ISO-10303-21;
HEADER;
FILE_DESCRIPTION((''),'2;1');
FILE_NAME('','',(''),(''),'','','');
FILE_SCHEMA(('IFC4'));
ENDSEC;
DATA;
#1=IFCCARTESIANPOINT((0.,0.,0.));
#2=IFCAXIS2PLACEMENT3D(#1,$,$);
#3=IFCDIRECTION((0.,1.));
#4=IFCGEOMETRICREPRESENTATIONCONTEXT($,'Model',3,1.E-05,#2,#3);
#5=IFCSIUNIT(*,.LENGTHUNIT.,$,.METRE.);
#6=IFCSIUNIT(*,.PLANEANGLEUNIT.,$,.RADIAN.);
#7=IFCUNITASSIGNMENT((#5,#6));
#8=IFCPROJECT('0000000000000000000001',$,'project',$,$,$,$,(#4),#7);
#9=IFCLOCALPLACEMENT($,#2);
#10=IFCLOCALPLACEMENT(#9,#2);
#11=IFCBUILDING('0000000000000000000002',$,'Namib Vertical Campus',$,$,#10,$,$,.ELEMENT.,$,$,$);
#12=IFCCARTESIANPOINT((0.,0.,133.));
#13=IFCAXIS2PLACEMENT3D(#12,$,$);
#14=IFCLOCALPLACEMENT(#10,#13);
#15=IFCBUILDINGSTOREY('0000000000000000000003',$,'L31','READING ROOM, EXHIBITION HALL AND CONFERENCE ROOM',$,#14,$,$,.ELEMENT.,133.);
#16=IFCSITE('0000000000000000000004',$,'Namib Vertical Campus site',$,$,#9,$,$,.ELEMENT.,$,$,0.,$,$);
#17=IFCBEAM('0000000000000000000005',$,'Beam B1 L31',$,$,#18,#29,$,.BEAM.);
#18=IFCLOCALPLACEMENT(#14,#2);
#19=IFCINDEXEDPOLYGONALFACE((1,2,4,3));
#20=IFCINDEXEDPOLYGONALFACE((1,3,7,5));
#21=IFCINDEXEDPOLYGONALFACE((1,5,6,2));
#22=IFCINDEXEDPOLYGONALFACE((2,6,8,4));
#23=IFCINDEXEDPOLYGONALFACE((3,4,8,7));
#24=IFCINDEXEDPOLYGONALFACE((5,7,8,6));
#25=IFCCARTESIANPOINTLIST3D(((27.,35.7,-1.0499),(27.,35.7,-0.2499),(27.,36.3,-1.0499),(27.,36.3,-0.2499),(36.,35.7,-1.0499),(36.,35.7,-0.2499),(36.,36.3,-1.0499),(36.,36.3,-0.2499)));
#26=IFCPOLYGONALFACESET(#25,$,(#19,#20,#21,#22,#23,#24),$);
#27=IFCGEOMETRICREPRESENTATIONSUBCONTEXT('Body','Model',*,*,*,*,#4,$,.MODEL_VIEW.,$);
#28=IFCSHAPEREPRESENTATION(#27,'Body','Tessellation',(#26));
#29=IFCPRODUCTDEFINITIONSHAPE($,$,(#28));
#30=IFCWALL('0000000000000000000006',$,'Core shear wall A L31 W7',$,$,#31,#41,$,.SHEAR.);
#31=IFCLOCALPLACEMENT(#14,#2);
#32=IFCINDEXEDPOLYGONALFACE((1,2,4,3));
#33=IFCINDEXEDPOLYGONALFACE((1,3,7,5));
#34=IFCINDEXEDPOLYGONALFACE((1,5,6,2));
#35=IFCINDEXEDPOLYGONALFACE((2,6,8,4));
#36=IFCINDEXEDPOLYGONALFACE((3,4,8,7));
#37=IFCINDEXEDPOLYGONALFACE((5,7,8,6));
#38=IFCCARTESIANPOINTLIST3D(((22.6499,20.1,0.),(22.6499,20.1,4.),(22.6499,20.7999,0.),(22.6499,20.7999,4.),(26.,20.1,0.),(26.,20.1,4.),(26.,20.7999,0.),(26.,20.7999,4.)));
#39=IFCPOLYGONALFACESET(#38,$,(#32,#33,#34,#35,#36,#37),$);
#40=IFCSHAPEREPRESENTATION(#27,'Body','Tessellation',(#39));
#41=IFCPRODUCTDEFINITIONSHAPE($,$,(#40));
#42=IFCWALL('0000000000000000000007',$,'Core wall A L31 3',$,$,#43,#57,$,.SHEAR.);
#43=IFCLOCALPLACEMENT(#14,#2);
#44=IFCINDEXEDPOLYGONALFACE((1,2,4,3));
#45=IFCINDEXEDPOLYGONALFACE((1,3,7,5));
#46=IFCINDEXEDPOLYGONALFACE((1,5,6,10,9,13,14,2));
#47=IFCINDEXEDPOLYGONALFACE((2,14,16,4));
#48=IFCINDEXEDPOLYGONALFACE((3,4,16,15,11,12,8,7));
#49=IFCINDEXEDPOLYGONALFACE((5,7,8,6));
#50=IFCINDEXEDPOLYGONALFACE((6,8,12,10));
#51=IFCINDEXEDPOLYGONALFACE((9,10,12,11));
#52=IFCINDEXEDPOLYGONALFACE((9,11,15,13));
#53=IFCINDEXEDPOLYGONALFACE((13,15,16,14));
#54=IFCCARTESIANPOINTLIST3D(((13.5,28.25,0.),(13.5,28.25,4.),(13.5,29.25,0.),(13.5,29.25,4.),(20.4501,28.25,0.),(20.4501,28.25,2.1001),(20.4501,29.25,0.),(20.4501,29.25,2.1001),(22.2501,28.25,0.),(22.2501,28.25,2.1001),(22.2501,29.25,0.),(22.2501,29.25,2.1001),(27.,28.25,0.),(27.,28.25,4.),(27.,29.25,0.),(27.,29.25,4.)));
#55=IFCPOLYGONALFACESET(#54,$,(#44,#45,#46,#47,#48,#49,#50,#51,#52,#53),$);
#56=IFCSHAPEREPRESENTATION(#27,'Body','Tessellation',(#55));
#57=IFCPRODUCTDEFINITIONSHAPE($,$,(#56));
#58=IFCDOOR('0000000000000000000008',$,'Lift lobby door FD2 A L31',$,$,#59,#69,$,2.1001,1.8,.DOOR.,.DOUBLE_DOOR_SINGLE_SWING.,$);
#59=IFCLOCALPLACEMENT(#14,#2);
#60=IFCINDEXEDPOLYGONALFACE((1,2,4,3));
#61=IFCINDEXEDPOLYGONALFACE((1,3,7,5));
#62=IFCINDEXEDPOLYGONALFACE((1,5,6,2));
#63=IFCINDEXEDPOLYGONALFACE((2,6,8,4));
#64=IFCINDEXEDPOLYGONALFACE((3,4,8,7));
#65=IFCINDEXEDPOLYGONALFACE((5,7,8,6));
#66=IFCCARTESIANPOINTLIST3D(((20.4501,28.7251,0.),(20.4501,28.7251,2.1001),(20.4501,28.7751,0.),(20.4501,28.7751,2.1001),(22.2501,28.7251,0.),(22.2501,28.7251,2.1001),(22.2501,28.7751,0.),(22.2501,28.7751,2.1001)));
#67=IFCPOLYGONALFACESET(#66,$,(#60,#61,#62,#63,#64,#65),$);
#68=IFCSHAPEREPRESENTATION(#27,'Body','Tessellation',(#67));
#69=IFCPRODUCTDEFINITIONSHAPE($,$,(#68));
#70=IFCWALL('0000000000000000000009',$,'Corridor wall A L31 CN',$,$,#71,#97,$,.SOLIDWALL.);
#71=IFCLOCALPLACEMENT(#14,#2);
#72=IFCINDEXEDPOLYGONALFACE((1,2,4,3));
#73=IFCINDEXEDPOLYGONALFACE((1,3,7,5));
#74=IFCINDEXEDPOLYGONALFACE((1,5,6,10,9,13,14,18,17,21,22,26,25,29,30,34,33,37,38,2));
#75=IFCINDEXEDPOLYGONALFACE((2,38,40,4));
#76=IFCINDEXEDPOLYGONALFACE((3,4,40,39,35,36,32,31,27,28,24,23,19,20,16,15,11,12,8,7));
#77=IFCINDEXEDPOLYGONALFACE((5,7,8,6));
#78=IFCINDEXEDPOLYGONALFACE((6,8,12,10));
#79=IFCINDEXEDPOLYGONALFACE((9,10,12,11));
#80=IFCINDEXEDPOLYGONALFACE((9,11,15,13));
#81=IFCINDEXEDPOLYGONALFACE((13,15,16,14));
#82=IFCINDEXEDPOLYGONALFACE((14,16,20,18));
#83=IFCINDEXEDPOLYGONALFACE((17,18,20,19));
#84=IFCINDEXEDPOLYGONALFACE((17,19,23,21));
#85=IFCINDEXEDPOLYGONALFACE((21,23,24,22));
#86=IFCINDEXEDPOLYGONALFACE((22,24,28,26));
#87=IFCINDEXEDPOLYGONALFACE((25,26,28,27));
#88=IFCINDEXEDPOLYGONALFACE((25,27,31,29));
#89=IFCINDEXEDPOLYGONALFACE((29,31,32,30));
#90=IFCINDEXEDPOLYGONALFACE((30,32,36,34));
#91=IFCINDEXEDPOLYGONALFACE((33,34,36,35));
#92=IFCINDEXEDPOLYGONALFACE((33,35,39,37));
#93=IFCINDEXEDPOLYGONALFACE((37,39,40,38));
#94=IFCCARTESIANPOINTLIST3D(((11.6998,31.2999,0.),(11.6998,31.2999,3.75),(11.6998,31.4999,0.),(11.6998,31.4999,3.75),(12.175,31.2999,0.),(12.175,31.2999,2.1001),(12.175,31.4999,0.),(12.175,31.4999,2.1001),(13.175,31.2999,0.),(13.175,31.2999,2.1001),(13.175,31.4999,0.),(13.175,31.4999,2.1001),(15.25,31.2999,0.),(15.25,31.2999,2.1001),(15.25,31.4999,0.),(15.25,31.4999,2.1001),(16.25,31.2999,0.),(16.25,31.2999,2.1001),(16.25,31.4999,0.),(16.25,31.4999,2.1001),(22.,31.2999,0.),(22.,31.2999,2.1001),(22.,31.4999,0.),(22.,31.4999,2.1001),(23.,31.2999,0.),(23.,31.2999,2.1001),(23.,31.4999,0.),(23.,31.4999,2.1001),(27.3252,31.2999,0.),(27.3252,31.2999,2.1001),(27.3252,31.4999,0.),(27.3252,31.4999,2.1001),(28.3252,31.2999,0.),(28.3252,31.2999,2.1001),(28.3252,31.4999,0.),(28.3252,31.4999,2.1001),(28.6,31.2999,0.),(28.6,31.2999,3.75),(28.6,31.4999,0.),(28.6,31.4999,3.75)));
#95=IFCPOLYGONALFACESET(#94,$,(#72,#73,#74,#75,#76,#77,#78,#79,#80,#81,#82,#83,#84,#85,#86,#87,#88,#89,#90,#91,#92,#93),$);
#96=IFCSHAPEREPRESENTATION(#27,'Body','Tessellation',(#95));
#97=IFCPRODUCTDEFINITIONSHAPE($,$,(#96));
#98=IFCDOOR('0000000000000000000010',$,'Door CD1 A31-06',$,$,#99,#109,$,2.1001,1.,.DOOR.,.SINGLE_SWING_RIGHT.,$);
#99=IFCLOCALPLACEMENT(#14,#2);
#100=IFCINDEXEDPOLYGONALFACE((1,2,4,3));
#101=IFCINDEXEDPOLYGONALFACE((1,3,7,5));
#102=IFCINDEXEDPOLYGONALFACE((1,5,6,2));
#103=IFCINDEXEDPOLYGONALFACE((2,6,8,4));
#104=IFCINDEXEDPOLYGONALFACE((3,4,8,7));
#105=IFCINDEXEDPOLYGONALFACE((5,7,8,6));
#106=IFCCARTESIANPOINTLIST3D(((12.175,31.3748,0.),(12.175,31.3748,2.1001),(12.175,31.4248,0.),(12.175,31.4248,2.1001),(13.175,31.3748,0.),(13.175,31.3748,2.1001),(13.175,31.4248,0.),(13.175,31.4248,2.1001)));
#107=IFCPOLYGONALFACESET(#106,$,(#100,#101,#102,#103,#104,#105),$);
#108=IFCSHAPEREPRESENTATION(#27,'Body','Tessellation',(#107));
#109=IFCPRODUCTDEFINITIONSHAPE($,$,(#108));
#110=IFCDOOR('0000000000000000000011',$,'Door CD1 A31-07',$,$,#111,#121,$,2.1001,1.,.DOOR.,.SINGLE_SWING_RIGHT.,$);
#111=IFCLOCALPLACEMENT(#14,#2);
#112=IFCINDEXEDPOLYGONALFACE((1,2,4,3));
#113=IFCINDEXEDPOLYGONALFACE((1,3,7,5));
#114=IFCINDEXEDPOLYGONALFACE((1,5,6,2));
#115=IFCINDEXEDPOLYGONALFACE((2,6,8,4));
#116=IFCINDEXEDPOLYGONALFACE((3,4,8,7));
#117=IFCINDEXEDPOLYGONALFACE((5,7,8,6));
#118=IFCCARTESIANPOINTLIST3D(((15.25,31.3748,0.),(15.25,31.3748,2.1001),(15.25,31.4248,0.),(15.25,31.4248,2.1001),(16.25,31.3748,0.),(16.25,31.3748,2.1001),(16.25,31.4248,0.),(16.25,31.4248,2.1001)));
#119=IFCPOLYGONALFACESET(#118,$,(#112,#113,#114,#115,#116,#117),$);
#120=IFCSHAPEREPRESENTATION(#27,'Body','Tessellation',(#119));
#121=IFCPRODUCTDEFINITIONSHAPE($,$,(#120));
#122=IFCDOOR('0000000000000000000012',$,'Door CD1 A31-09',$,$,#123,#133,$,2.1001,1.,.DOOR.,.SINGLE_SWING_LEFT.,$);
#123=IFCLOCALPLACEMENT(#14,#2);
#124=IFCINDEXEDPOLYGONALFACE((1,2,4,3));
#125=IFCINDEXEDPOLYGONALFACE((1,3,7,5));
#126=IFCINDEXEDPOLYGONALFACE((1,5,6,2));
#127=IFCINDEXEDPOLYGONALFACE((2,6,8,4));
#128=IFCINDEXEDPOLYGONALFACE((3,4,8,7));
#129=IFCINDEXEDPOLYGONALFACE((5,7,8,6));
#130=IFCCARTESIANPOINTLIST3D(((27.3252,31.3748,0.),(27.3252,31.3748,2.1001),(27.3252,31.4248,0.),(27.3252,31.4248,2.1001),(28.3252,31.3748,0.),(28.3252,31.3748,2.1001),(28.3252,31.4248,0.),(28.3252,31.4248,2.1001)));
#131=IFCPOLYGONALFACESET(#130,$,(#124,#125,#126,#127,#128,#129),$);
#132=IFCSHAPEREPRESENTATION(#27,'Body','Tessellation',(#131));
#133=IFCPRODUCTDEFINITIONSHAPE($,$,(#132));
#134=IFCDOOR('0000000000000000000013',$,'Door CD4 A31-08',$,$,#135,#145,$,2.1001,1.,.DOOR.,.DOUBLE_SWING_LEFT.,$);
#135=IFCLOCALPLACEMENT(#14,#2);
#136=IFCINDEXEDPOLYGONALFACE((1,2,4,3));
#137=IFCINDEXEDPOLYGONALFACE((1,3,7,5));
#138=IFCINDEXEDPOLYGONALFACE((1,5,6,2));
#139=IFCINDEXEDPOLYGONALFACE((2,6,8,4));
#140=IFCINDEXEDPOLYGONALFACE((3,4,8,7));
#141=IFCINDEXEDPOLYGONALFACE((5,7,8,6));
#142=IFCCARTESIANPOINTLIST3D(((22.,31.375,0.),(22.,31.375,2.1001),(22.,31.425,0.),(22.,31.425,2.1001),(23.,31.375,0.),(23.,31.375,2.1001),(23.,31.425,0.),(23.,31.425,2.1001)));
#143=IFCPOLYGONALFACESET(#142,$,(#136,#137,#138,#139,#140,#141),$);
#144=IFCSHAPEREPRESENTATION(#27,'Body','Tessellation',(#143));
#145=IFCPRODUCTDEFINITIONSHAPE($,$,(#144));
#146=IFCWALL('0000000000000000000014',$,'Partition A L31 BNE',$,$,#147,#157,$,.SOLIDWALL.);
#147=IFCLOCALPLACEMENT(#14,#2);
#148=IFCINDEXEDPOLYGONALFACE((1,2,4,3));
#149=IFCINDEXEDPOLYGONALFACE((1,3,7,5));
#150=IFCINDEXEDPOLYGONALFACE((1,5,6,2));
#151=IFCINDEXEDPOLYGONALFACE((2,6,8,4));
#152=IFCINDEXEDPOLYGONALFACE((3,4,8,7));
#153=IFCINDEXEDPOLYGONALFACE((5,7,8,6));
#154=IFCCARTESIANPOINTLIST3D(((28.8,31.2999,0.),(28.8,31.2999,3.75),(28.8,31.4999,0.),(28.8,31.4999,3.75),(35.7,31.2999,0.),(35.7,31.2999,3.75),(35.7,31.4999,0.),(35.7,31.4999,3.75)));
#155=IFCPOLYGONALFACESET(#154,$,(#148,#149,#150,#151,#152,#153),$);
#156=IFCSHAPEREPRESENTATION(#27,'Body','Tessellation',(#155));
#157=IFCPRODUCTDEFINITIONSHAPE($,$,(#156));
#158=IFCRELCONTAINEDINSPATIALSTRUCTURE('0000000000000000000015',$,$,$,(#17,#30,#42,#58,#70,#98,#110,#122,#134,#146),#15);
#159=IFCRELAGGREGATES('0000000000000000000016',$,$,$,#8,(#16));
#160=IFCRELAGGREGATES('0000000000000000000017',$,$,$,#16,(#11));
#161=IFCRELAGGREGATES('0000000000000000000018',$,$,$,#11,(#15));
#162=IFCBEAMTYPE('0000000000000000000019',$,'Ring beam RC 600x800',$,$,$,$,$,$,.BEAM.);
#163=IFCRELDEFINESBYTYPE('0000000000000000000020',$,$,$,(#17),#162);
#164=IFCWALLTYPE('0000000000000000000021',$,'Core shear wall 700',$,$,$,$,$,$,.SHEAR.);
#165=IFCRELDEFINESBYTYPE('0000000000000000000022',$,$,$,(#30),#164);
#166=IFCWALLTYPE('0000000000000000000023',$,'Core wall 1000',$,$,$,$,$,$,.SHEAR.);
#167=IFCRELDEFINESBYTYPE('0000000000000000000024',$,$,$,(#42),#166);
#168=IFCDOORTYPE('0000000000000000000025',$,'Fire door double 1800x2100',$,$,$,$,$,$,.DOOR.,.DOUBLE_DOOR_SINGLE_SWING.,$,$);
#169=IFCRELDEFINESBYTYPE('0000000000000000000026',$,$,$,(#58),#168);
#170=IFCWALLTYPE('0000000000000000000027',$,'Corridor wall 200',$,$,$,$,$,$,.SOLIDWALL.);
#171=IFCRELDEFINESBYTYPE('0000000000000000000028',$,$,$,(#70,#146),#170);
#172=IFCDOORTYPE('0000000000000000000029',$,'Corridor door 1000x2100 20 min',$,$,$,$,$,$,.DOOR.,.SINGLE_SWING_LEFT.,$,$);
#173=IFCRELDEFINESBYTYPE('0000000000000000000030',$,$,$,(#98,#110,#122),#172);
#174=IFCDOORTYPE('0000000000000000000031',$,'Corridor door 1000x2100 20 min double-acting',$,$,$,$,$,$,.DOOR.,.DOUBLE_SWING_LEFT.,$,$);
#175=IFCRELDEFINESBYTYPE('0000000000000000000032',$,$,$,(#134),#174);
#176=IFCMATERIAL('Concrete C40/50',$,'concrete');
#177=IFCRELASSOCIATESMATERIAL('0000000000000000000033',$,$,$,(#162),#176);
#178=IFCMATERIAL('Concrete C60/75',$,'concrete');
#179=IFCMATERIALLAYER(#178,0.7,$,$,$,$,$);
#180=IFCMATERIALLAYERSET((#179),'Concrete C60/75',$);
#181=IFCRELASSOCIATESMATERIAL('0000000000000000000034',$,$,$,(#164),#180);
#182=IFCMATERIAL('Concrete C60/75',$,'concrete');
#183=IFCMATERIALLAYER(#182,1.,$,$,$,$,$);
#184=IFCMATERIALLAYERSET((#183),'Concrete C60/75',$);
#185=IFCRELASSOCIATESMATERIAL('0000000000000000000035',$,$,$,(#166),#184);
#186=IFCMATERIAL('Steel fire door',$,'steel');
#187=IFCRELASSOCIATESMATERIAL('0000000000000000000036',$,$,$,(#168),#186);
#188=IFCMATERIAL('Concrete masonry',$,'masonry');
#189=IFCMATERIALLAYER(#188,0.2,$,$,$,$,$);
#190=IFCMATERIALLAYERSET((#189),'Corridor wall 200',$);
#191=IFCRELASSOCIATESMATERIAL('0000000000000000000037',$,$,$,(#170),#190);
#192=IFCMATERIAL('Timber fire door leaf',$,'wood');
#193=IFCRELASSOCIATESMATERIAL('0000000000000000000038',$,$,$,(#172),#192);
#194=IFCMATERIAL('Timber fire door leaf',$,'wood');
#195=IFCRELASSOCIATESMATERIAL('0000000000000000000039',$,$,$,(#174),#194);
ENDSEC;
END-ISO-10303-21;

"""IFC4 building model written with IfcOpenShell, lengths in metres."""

from ifc_helpers import new_model, si_unit, direction, frame, frame_2d, origin, origin_2d, place, context, subcontext, project, spatial, rectangle, extrude, material, layer, layer_set, material_profile, profile_set, type_object, element, fill, save


model = new_model("IFC4")

# Units and contexts
model_context = context("Model", 3, precision=1e-05, world=origin(), true_north=direction((0.0, 1.0)))
body_context = subcontext(model_context, "Body", "Model", "MODEL_VIEW")
ifc_project = project(units=[si_unit("LENGTHUNIT", "METRE"), si_unit("PLANEANGLEUNIT", "RADIAN")], contexts=[model_context])

# Site, building, storey
site_placement = place(None, origin())
site = spatial("IfcSite", under=ifc_project, at=site_placement, Name="Namib Vertical Campus site", CompositionType="ELEMENT", RefElevation=0.0)
building_placement = place(site_placement, origin())
building = spatial("IfcBuilding", under=site, at=building_placement, Name="Namib Vertical Campus", CompositionType="ELEMENT")
storey_placement = place(building_placement, frame((0.0, 0.0, 133.0)))
storey = spatial("IfcBuildingStorey", under=building, at=storey_placement, Name="L31", Description="READING ROOM, EXHIBITION HALL AND CONFERENCE ROOM", CompositionType="ELEMENT", Elevation=133.0)

# Beam
ifc_material_1 = material(Name="Concrete C40/50", Category="concrete")
ifc_material_profile_1 = material_profile(ifc_material_1, rectangle(XDim=0.6001, YDim=0.8, at=origin_2d()))
ifc_profile_set_1 = profile_set([ifc_material_profile_1], Name="Concrete C40/50")
beam_type_1 = type_object("IfcBeamType", Name="Ring beam RC 600x800", PredefinedType="BEAM", material=ifc_profile_set_1)
beam_1_placement = place(storey_placement, frame((27.0, 36.0, -0.6499), z_axis=(1.0, 0.0, 0.0), x_axis=(0.0, 1.0, 0.0)))
element("IfcBeam", 1, at=beam_1_placement, inside=storey, type_object=beam_type_1, Name="Beam B1 L31", PredefinedType="BEAM", context=body_context, shape_type="SweptSolid", body=[
    extrude(rectangle(XDim=0.6001, YDim=0.8, at=origin_2d()), origin(), (0.0, 0.0, 1.0), 9.0),
])

# Wall
ifc_material_2 = material(Name="Concrete C60/75", Category="concrete")
ifc_layer_1 = layer(ifc_material_2, 0.7)
ifc_layer_set_1 = layer_set([ifc_layer_1], Name="Concrete C60/75")
wall_type_1 = type_object("IfcWallType", Name="Core shear wall 700", PredefinedType="SHEAR", material=ifc_layer_set_1)
wall_1_placement = place(storey_placement, frame((22.6499, 20.45, 0.0), z_axis=(0.0, 0.0, 1.0), x_axis=(1.0, 0.0, 0.0)))
element("IfcWall", 2, at=wall_1_placement, inside=storey, type_object=wall_type_1, Name="Core shear wall A L31 W7", PredefinedType="SHEAR", context=body_context, shape_type="SweptSolid", body=[
    extrude(rectangle(XDim=3.3501, YDim=0.7, at=frame_2d((1.675, 0.0))), origin(), (0.0, 0.0, 1.0), 4.0),
])

# Wall, opening, door
ifc_material_3 = material(Name="Concrete C60/75", Category="concrete")
ifc_layer_2 = layer(ifc_material_3, 1.0)
ifc_layer_set_2 = layer_set([ifc_layer_2], Name="Concrete C60/75")
wall_type_2 = type_object("IfcWallType", Name="Core wall 1000", PredefinedType="SHEAR", material=ifc_layer_set_2)
wall_2_placement = place(storey_placement, frame((27.0, 28.75, 0.0), z_axis=(0.0, 0.0, 1.0), x_axis=(-1.0, 0.0, 0.0)))
wall_2 = element("IfcWall", 3, at=wall_2_placement, inside=storey, type_object=wall_type_2, Name="Core wall A L31 3", PredefinedType="SHEAR", context=body_context, shape_type="SweptSolid", body=[
    extrude(rectangle(XDim=13.5, YDim=1.0, at=frame_2d((6.75, 0.0))), origin(), (0.0, 0.0, 1.0), 4.0),
])
opening_1_placement = place(wall_2_placement, frame((4.75, 0.0, 0.0)))
opening_1 = element("IfcOpeningElement", 4, at=opening_1_placement, cuts=wall_2, PredefinedType="OPENING", context=body_context, shape_type="SweptSolid", body=[
    extrude(rectangle(XDim=1.8, YDim=2.1001, at=frame_2d((0.8999, 1.05))), frame((0.0, 0.51, 0.0), z_axis=(0.0, -1.0, 0.0), x_axis=(1.0, 0.0, 0.0)), (0.0, 0.0, 1.0), 1.02),
])
ifc_material_4 = material(Name="Steel fire door", Category="steel")
door_type_1 = type_object("IfcDoorType", Name="Fire door double 1800x2100", OperationType="DOUBLE_DOOR_SINGLE_SWING", PredefinedType="DOOR", material=ifc_material_4)
door_1_placement = place(opening_1_placement, origin())
door_1 = element("IfcDoor", 5, at=door_1_placement, inside=storey, type_object=door_type_1, Name="Lift lobby door FD2 A L31", OperationType="DOUBLE_DOOR_SINGLE_SWING", OverallHeight=2.1001, OverallWidth=1.8, PredefinedType="DOOR", context=body_context, shape_type="SweptSolid", body=[
    extrude(rectangle(XDim=1.8, YDim=2.1001, at=frame_2d((0.8999, 1.05))), frame((0.0, 0.0249, 0.0), z_axis=(0.0, -1.0, 0.0), x_axis=(1.0, 0.0, 0.0)), (0.0, 0.0, 1.0), 0.05),
])
fill(opening_1, door_1)

# Wall, openings, doors
ifc_material_5 = material(Name="Concrete masonry", Category="masonry")
ifc_layer_3 = layer(ifc_material_5, 0.2)
ifc_layer_set_3 = layer_set([ifc_layer_3], Name="Corridor wall 200")
wall_type_3 = type_object("IfcWallType", Name="Corridor wall 200", PredefinedType="SOLIDWALL", material=ifc_layer_set_3)
wall_3_placement = place(storey_placement, frame((28.6001, 31.3999, 0.0), z_axis=(0.0, 0.0, 1.0), x_axis=(-1.0, 0.0, 0.0)))
wall_3 = element("IfcWall", 6, at=wall_3_placement, inside=storey, type_object=wall_type_3, Name="Corridor wall A L31 CN", PredefinedType="SOLIDWALL", context=body_context, shape_type="SweptSolid", body=[
    extrude(rectangle(XDim=16.9001, YDim=0.2, at=frame_2d((8.4502, 0.0))), origin(), (0.0, 0.0, 1.0), 3.75),
])
opening_2_placement = place(wall_3_placement, frame((15.425, 0.0, 0.0)))
opening_2 = element("IfcOpeningElement", 7, at=opening_2_placement, cuts=wall_3, PredefinedType="OPENING", context=body_context, shape_type="SweptSolid", body=[
    extrude(rectangle(XDim=1.0, YDim=2.1001, at=frame_2d((0.5, 1.05))), frame((0.0, 0.1099, 0.0), z_axis=(0.0, -1.0, 0.0), x_axis=(1.0, 0.0, 0.0)), (0.0, 0.0, 1.0), 0.22),
])
opening_3_placement = place(wall_3_placement, frame((12.3501, 0.0, 0.0)))
opening_3 = element("IfcOpeningElement", 8, at=opening_3_placement, cuts=wall_3, PredefinedType="OPENING", context=body_context, shape_type="SweptSolid", body=[
    extrude(rectangle(XDim=1.0, YDim=2.1001, at=frame_2d((0.5, 1.05))), frame((0.0, 0.1099, 0.0), z_axis=(0.0, -1.0, 0.0), x_axis=(1.0, 0.0, 0.0)), (0.0, 0.0, 1.0), 0.22),
])
opening_4_placement = place(wall_3_placement, frame((5.6001, 0.0, 0.0)))
opening_4 = element("IfcOpeningElement", 9, at=opening_4_placement, cuts=wall_3, PredefinedType="OPENING", context=body_context, shape_type="SweptSolid", body=[
    extrude(rectangle(XDim=1.0, YDim=2.1001, at=frame_2d((0.5, 1.05))), frame((0.0, 0.1099, 0.0), z_axis=(0.0, -1.0, 0.0), x_axis=(1.0, 0.0, 0.0)), (0.0, 0.0, 1.0), 0.22),
])
opening_5_placement = place(wall_3_placement, frame((0.2749, 0.0, 0.0)))
opening_5 = element("IfcOpeningElement", 10, at=opening_5_placement, cuts=wall_3, PredefinedType="OPENING", context=body_context, shape_type="SweptSolid", body=[
    extrude(rectangle(XDim=1.0, YDim=2.1001, at=frame_2d((0.5, 1.05))), frame((0.0, 0.1099, 0.0), z_axis=(0.0, -1.0, 0.0), x_axis=(1.0, 0.0, 0.0)), (0.0, 0.0, 1.0), 0.22),
])
ifc_material_6 = material(Name="Timber fire door leaf", Category="wood")
door_type_2 = type_object("IfcDoorType", Name="Corridor door 1000x2100 20 min", OperationType="SINGLE_SWING_LEFT", PredefinedType="DOOR", material=ifc_material_6)
door_2_placement = place(opening_2_placement, frame((1.0, 0.0, 0.0), z_axis=(0.0, 0.0, 1.0), x_axis=(-1.0, 0.0, 0.0)))
door_2 = element("IfcDoor", 11, at=door_2_placement, inside=storey, type_object=door_type_2, Name="Door CD1 A31-06", OperationType="SINGLE_SWING_RIGHT", OverallHeight=2.1001, OverallWidth=1.0, PredefinedType="DOOR", context=body_context, shape_type="SweptSolid", body=[
    extrude(rectangle(XDim=1.0, YDim=2.1001, at=frame_2d((0.5, 1.05))), frame((0.0, 0.0249, 0.0), z_axis=(0.0, -1.0, 0.0), x_axis=(1.0, 0.0, 0.0)), (0.0, 0.0, 1.0), 0.05),
])
fill(opening_2, door_2)
door_3_placement = place(opening_3_placement, frame((1.0, 0.0, 0.0), z_axis=(0.0, 0.0, 1.0), x_axis=(-1.0, 0.0, 0.0)))
door_3 = element("IfcDoor", 12, at=door_3_placement, inside=storey, type_object=door_type_2, Name="Door CD1 A31-07", OperationType="SINGLE_SWING_RIGHT", OverallHeight=2.1001, OverallWidth=1.0, PredefinedType="DOOR", context=body_context, shape_type="SweptSolid", body=[
    extrude(rectangle(XDim=1.0, YDim=2.1001, at=frame_2d((0.5, 1.05))), frame((0.0, 0.0249, 0.0), z_axis=(0.0, -1.0, 0.0), x_axis=(1.0, 0.0, 0.0)), (0.0, 0.0, 1.0), 0.05),
])
fill(opening_3, door_3)
door_4_placement = place(opening_5_placement, frame((1.0, 0.0, 0.0), z_axis=(0.0, 0.0, 1.0), x_axis=(-1.0, 0.0, 0.0)))
door_4 = element("IfcDoor", 13, at=door_4_placement, inside=storey, type_object=door_type_2, Name="Door CD1 A31-09", OperationType="SINGLE_SWING_LEFT", OverallHeight=2.1001, OverallWidth=1.0, PredefinedType="DOOR", context=body_context, shape_type="SweptSolid", body=[
    extrude(rectangle(XDim=1.0, YDim=2.1001, at=frame_2d((0.5, 1.05))), frame((0.0, 0.0249, 0.0), z_axis=(0.0, -1.0, 0.0), x_axis=(1.0, 0.0, 0.0)), (0.0, 0.0, 1.0), 0.05),
])
fill(opening_5, door_4)
ifc_material_7 = material(Name="Timber fire door leaf", Category="wood")
door_type_3 = type_object("IfcDoorType", Name="Corridor door 1000x2100 20 min double-acting", OperationType="DOUBLE_SWING_LEFT", PredefinedType="DOOR", material=ifc_material_7)
door_5_placement = place(opening_4_placement, origin())
door_5 = element("IfcDoor", 14, at=door_5_placement, inside=storey, type_object=door_type_3, Name="Door CD4 A31-08", OperationType="DOUBLE_SWING_LEFT", OverallHeight=2.1001, OverallWidth=1.0, PredefinedType="DOOR", context=body_context, shape_type="SweptSolid", body=[
    extrude(rectangle(XDim=1.0, YDim=2.1001, at=frame_2d((0.5, 1.05))), frame((0.0, 0.0249, 0.0), z_axis=(0.0, -1.0, 0.0), x_axis=(1.0, 0.0, 0.0)), (0.0, 0.0, 1.0), 0.05),
])
fill(opening_4, door_5)

# Wall
wall_4_placement = place(storey_placement, frame((28.8, 31.3999, 0.0), z_axis=(0.0, 0.0, 1.0), x_axis=(1.0, 0.0, 0.0)))
element("IfcWall", 15, at=wall_4_placement, inside=storey, type_object=wall_type_3, Name="Partition A L31 BNE", PredefinedType="SOLIDWALL", context=body_context, shape_type="SweptSolid", body=[
    extrude(rectangle(XDim=6.8999, YDim=0.2, at=frame_2d((3.45, 0.0))), origin(), (0.0, 0.0, 1.0), 3.75),
])

save(model, "model.ifc")
